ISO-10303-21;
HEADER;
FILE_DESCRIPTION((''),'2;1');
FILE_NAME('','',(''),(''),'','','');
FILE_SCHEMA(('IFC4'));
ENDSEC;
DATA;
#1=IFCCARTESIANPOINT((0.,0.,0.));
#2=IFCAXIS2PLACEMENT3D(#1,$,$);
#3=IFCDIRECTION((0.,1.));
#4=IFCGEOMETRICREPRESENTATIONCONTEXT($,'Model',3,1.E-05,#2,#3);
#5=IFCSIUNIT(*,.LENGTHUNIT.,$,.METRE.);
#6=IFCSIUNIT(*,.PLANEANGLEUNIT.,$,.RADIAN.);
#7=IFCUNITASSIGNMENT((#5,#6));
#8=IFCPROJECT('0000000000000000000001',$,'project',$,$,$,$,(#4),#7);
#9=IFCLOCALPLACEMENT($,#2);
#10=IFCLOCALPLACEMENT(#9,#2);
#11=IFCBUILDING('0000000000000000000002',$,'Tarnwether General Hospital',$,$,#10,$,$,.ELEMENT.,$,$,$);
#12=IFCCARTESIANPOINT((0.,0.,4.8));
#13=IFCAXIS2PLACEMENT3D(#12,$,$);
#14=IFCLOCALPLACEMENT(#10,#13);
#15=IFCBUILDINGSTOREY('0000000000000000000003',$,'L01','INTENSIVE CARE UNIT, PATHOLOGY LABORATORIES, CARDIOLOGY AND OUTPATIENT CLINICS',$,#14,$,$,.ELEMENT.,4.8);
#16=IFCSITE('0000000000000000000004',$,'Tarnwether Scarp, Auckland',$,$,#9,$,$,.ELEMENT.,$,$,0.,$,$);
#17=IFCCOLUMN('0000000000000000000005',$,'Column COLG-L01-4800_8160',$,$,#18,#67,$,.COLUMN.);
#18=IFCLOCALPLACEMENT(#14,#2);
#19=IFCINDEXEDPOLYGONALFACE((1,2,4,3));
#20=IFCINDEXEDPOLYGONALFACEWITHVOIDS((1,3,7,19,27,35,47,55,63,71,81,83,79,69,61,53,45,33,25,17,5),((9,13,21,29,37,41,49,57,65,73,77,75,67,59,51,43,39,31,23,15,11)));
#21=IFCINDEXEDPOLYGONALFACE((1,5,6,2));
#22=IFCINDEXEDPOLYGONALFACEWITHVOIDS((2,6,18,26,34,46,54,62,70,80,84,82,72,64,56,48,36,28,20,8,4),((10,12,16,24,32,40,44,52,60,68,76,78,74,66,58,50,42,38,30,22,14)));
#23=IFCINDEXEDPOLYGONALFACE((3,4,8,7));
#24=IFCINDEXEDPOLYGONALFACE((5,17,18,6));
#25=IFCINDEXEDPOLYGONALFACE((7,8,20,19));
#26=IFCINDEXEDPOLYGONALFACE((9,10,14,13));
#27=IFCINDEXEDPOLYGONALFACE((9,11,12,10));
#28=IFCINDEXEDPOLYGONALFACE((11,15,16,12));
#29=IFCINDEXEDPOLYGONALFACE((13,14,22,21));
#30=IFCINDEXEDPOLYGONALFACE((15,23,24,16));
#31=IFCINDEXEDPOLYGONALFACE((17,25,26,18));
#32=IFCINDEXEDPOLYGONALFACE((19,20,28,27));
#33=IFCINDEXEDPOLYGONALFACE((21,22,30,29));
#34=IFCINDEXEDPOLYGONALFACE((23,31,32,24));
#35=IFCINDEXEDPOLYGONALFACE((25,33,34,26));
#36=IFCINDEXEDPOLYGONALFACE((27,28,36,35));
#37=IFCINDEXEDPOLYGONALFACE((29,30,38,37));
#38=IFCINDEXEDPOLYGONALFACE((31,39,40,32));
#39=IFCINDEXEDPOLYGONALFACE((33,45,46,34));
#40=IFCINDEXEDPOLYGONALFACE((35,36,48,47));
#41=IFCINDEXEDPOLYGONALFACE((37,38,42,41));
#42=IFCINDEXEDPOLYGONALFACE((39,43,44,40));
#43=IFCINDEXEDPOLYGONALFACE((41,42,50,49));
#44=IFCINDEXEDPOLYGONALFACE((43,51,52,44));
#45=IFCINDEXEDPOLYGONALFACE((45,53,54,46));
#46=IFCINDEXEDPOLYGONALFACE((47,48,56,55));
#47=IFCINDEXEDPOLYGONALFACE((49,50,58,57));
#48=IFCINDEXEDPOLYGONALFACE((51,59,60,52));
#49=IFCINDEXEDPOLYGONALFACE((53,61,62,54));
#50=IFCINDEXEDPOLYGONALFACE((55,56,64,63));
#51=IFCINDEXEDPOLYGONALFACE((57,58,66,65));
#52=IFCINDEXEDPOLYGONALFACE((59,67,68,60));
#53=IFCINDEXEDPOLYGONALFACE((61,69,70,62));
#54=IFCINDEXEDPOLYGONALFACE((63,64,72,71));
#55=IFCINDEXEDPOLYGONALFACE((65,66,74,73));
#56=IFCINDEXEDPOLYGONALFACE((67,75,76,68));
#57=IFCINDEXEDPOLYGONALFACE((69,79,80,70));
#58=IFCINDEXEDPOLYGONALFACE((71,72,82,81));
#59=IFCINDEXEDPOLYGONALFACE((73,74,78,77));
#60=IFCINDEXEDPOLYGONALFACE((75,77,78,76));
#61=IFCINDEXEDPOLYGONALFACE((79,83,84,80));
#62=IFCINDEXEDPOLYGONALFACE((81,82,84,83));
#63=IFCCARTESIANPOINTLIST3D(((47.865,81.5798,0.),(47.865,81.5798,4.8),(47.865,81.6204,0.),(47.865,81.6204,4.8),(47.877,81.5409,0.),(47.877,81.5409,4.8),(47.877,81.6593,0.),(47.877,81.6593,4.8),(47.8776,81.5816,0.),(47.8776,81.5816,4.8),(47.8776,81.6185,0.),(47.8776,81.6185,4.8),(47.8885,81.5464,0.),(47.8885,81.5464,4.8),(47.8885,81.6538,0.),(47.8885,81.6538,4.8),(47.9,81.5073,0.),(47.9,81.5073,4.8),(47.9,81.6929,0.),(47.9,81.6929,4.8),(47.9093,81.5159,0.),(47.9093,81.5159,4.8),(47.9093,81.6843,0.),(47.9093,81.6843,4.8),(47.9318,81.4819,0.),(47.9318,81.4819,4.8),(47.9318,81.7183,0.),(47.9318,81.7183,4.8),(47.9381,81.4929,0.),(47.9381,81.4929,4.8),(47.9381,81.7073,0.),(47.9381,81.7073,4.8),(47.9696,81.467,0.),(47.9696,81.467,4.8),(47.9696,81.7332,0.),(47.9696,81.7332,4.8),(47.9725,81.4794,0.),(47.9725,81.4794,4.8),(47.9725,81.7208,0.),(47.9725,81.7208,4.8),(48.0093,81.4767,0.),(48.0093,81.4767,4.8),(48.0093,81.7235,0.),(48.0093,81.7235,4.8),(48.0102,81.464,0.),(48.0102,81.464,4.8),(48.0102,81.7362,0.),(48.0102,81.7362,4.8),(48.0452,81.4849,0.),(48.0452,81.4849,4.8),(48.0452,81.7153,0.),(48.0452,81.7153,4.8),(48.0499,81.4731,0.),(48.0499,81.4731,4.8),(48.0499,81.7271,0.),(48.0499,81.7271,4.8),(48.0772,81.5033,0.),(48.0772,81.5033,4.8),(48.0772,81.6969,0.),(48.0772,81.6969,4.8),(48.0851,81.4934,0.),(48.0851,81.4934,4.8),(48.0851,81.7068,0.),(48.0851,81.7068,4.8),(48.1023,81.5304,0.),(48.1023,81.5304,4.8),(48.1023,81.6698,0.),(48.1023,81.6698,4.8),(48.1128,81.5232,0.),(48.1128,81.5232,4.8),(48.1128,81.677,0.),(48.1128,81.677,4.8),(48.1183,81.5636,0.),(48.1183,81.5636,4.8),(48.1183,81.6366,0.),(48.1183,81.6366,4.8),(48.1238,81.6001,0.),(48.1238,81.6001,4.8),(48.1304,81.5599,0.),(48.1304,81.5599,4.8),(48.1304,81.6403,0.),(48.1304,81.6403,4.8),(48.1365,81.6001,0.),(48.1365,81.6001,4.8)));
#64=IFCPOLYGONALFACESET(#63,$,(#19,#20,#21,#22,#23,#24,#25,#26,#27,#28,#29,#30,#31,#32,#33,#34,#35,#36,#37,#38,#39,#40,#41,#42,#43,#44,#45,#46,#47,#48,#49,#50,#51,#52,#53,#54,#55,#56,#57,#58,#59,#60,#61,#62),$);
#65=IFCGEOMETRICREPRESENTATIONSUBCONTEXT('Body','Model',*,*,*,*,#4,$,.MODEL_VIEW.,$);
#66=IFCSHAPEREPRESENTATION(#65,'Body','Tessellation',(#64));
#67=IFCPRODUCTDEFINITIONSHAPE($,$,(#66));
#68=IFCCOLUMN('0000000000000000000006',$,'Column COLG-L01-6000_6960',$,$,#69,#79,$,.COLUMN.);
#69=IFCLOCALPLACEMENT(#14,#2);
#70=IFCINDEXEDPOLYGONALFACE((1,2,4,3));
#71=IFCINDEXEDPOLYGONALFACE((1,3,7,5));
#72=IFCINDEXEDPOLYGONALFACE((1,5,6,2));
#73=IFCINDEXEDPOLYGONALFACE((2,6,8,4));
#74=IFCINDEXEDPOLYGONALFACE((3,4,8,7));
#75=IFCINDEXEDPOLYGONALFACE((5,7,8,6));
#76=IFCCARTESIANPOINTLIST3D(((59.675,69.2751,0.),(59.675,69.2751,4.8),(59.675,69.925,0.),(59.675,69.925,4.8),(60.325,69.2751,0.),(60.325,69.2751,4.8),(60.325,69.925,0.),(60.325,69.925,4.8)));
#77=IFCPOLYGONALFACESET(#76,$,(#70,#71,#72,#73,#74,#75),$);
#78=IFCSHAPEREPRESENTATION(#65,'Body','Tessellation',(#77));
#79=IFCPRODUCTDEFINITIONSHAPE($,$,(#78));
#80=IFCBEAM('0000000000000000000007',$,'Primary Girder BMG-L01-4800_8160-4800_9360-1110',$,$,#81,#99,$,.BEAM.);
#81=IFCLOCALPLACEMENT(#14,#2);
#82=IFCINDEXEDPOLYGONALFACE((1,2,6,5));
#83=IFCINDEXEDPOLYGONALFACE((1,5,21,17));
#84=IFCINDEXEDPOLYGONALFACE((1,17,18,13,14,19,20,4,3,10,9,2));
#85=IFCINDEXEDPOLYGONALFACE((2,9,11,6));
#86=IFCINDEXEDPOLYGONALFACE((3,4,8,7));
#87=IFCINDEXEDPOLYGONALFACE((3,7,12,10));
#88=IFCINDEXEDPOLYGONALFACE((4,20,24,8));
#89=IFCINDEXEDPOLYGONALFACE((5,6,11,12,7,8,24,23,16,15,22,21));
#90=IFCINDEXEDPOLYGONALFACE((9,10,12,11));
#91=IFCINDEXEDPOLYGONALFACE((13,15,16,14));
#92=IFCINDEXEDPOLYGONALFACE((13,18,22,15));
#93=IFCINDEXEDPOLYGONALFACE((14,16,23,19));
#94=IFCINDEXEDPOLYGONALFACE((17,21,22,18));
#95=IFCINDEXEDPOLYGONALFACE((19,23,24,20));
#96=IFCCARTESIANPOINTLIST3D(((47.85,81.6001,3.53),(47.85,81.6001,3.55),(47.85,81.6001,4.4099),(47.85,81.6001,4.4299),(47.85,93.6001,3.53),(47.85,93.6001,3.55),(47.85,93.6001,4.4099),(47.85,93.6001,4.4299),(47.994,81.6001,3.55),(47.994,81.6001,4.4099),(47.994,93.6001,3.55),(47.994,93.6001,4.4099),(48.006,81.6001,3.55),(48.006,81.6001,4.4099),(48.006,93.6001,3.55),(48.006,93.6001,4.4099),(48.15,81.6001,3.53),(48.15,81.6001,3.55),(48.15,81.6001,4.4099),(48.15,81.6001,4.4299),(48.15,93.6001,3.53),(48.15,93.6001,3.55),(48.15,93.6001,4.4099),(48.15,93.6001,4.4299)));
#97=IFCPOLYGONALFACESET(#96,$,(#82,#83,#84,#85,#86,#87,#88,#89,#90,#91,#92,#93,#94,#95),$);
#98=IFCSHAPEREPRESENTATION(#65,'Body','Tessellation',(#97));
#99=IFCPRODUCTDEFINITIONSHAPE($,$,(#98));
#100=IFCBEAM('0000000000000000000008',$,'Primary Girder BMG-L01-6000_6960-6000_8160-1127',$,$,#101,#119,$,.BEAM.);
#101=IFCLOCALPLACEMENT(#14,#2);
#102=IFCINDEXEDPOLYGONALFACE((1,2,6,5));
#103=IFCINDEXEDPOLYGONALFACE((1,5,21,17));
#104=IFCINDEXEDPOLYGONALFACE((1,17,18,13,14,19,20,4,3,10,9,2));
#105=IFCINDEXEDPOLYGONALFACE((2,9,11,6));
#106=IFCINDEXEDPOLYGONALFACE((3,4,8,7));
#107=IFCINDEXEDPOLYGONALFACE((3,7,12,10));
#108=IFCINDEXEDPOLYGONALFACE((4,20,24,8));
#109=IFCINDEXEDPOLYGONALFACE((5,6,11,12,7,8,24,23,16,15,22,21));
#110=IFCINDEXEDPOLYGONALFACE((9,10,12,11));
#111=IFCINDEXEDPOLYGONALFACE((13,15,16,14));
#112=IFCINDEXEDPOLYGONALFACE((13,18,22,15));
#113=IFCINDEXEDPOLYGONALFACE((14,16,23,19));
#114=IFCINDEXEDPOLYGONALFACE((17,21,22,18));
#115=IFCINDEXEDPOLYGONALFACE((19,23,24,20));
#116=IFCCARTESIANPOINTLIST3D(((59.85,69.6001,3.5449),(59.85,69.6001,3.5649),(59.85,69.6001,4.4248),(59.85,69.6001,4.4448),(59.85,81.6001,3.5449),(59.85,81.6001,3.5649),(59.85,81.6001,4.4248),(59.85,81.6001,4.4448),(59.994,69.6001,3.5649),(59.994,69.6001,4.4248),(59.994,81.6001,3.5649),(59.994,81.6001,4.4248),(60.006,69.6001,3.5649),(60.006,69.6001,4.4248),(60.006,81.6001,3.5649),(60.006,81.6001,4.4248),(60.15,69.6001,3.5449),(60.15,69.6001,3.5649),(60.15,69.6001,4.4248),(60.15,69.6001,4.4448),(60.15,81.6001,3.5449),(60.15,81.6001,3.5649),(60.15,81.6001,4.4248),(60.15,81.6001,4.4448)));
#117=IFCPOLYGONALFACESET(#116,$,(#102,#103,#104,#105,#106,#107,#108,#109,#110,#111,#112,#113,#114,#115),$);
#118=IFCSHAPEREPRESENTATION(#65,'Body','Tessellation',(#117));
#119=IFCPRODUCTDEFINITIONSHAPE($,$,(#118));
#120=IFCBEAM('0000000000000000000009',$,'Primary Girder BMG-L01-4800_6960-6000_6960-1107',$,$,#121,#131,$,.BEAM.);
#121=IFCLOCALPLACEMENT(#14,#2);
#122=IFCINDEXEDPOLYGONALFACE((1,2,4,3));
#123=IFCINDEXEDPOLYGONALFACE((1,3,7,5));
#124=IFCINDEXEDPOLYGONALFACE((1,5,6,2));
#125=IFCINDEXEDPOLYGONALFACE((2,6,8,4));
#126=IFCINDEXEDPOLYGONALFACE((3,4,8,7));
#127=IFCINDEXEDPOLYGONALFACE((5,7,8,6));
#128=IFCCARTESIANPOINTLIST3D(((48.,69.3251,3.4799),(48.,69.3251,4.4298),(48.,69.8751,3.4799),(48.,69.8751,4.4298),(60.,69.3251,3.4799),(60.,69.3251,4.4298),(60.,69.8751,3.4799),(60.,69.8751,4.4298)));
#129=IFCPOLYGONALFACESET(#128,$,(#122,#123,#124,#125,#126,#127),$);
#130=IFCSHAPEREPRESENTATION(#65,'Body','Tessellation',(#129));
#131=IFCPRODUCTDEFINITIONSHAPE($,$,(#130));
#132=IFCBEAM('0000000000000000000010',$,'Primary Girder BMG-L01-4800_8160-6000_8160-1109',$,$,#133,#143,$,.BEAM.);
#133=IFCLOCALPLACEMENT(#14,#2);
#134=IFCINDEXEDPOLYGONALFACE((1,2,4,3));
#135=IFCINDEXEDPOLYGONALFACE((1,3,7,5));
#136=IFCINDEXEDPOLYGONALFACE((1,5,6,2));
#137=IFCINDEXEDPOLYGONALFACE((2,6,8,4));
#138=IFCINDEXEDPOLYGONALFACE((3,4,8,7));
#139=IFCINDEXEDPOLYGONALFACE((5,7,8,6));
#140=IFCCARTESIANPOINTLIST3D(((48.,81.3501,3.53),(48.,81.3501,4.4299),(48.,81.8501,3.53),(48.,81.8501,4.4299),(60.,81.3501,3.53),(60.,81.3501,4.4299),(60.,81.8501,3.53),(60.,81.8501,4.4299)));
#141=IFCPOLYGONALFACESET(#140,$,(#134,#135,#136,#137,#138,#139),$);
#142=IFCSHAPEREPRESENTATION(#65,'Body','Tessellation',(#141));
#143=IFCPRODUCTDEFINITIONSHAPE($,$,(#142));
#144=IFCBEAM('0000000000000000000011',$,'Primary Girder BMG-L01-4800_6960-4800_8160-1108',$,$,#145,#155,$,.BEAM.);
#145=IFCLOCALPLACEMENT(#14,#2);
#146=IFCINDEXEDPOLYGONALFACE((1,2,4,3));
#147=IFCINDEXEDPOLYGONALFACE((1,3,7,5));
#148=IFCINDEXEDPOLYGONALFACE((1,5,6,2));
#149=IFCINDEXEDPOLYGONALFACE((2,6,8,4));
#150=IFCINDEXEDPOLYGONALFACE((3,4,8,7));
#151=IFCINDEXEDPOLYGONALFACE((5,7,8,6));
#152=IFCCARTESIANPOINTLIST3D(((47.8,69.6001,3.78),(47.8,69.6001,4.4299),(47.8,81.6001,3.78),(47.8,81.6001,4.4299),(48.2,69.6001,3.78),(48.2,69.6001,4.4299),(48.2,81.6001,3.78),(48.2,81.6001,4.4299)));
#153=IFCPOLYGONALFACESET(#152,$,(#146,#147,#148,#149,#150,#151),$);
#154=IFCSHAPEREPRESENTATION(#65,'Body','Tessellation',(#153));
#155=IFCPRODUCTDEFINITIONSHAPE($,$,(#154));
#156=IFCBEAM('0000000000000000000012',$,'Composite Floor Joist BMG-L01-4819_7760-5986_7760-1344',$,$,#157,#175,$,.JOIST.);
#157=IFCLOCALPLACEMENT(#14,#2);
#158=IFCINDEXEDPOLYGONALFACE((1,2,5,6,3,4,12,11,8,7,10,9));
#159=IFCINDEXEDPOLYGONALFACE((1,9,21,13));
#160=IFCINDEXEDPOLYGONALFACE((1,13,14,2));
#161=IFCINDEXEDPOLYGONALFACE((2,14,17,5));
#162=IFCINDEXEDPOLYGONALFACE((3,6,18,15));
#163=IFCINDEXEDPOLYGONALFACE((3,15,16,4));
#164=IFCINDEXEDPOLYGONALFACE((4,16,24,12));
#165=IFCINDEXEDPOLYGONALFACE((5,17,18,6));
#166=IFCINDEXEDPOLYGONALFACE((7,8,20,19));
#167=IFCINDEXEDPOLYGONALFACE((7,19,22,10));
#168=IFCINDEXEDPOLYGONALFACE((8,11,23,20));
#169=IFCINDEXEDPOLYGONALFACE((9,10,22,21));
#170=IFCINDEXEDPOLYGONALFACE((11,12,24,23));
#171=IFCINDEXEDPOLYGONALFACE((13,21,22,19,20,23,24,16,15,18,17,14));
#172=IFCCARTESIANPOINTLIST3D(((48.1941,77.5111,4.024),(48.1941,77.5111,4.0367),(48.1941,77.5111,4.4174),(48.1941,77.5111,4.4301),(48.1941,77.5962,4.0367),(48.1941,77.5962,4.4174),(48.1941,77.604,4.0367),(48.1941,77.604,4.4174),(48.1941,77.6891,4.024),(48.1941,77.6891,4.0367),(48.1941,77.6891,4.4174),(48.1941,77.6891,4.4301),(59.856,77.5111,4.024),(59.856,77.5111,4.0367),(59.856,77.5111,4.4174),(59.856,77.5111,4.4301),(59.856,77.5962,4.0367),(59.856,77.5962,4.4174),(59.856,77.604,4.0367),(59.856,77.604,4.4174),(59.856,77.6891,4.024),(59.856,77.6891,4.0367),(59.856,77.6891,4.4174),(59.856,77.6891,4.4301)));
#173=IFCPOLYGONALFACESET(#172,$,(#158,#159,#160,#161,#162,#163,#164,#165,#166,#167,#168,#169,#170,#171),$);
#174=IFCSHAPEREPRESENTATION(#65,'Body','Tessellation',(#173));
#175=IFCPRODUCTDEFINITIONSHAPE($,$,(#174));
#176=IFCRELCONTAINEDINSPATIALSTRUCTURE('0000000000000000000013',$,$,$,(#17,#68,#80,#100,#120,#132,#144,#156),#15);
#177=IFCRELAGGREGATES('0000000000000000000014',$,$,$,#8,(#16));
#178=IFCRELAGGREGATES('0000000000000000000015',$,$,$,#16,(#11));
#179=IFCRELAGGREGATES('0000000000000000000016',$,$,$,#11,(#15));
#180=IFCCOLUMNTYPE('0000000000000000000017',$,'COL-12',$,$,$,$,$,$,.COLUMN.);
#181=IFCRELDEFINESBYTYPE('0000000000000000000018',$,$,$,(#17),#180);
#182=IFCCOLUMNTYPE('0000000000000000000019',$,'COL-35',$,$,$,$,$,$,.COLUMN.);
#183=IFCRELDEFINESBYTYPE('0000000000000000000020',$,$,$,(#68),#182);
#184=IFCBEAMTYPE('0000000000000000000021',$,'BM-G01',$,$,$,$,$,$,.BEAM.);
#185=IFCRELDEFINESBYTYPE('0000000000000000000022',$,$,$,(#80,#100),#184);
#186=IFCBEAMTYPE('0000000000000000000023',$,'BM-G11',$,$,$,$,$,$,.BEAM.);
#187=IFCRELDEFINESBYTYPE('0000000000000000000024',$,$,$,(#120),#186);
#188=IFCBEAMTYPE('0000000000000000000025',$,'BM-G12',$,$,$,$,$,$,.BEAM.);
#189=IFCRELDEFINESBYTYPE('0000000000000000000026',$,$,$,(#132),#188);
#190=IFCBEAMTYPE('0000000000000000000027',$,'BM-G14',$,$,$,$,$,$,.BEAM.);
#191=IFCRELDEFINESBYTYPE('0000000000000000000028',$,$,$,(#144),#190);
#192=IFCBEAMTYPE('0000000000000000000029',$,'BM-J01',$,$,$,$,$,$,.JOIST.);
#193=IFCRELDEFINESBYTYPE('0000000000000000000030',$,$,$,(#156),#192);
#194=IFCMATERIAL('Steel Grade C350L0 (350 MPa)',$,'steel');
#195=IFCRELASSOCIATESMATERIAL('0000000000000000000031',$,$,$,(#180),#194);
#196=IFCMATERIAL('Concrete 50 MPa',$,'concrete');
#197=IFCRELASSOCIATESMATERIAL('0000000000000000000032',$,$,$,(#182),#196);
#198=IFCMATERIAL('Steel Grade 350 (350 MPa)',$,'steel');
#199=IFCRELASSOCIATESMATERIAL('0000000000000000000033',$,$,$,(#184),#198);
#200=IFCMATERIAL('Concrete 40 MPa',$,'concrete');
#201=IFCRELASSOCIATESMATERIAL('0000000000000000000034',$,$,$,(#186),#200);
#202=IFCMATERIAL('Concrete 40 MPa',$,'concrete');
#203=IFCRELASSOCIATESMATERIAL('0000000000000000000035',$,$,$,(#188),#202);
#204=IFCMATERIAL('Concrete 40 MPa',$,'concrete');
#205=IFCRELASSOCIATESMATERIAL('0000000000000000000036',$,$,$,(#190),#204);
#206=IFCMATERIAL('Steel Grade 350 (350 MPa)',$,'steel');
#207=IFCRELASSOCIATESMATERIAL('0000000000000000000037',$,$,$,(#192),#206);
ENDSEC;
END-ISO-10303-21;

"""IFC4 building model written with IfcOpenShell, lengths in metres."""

from ifc_helpers import new_model, si_unit, direction, frame, origin, origin_2d, place, context, subcontext, project, spatial, rectangle, hollow_circle, i_section, extrude, material, material_profile, profile_set, type_object, element, save


model = new_model("IFC4")

# Units and contexts
model_context = context("Model", 3, precision=1e-05, world=origin(), true_north=direction((0.0, 1.0)))
body_context = subcontext(model_context, "Body", "Model", "MODEL_VIEW")
ifc_project = project(units=[si_unit("LENGTHUNIT", "METRE"), si_unit("PLANEANGLEUNIT", "RADIAN")], contexts=[model_context])

# Site, building, storey
site_placement = place(None, origin())
site = spatial("IfcSite", under=ifc_project, at=site_placement, Name="Tarnwether Scarp, Auckland", CompositionType="ELEMENT", RefElevation=0.0)
building_placement = place(site_placement, origin())
building = spatial("IfcBuilding", under=site, at=building_placement, Name="Tarnwether General Hospital", CompositionType="ELEMENT")
storey_placement = place(building_placement, frame((0.0, 0.0, 4.8)))
storey = spatial("IfcBuildingStorey", under=building, at=storey_placement, Name="L01", Description="INTENSIVE CARE UNIT, PATHOLOGY LABORATORIES, CARDIOLOGY AND OUTPATIENT CLINICS", CompositionType="ELEMENT", Elevation=4.8)

# Columns
ifc_material_1 = material(Name="Steel Grade C350L0 (350 MPa)", Category="steel")
ifc_material_profile_1 = material_profile(ifc_material_1, hollow_circle(Radius=0.1365, WallThickness=0.0127, at=origin_2d()), Name="CHS273.1x12.7")
ifc_profile_set_1 = profile_set([ifc_material_profile_1], Name="Steel Grade C350L0 (350 MPa)")
column_type_1 = type_object("IfcColumnType", Name="COL-12", PredefinedType="COLUMN", material=ifc_profile_set_1)
column_1_placement = place(storey_placement, frame((48.0, 81.6001, 0.0), z_axis=(0.0, 0.0, 1.0), x_axis=(1.0, 0.0, 0.0)))
element("IfcColumn", 1, at=column_1_placement, inside=storey, type_object=column_type_1, Name="Column COLG-L01-4800_8160", PredefinedType="COLUMN", context=body_context, shape_type="SweptSolid", body=[
    extrude(hollow_circle(Radius=0.1365, WallThickness=0.0127, at=origin_2d()), origin(), (0.0, 0.0, 1.0), 4.8),
])
ifc_material_2 = material(Name="Concrete 50 MPa", Category="concrete")
ifc_material_profile_2 = material_profile(ifc_material_2, rectangle(XDim=0.6499, YDim=0.6499, at=origin_2d()), Name="RC-COL-650x650")
ifc_profile_set_2 = profile_set([ifc_material_profile_2], Name="Concrete 50 MPa")
column_type_2 = type_object("IfcColumnType", Name="COL-35", PredefinedType="COLUMN", material=ifc_profile_set_2)
column_2_placement = place(storey_placement, frame((60.0, 69.6001, 0.0), z_axis=(0.0, 0.0, 1.0), x_axis=(0.0, 1.0, 0.0)))
element("IfcColumn", 2, at=column_2_placement, inside=storey, type_object=column_type_2, Name="Column COLG-L01-6000_6960", PredefinedType="COLUMN", context=body_context, shape_type="SweptSolid", body=[
    extrude(rectangle(XDim=0.6499, YDim=0.6499, at=origin_2d()), origin(), (0.0, 0.0, 1.0), 4.8),
])

# Beams
ifc_material_3 = material(Name="Steel Grade 350 (350 MPa)", Category="steel")
ifc_material_profile_3 = material_profile(ifc_material_3, i_section(OverallWidth=0.3, OverallDepth=0.8999, WebThickness=0.012, FlangeThickness=0.02, at=origin_2d()), Name="900WB175")
ifc_profile_set_3 = profile_set([ifc_material_profile_3], Name="Steel Grade 350 (350 MPa)")
beam_type_1 = type_object("IfcBeamType", Name="BM-G01", PredefinedType="BEAM", material=ifc_profile_set_3)
for number, where, z_axis, x_axis, name in (
    (3, (48.0, 81.6001, 3.98), (0.0, 1.0, 0.0), (-1.0, 0.0, 0.0), "Primary Girder BMG-L01-4800_8160-4800_9360-1110"),
    (4, (60.0, 69.6001, 3.9949), (0.0, 1.0, 0.0), (-1.0, 0.0, 0.0), "Primary Girder BMG-L01-6000_6960-6000_8160-1127"),
):
    element("IfcBeam", number, at=place(storey_placement, frame(where, z_axis=z_axis, x_axis=x_axis)), inside=storey, type_object=beam_type_1, Name=name, PredefinedType="BEAM", context=body_context, shape_type="SweptSolid", body=[
        extrude(i_section(OverallWidth=0.3, OverallDepth=0.8999, WebThickness=0.012, FlangeThickness=0.02, at=origin_2d()), origin(), (0.0, 0.0, 1.0), 12.0),
    ])
ifc_material_4 = material(Name="Concrete 40 MPa", Category="concrete")
ifc_material_profile_4 = material_profile(ifc_material_4, rectangle(XDim=0.55, YDim=0.95, at=origin_2d()), Name="RC-BM-550x950")
ifc_profile_set_4 = profile_set([ifc_material_profile_4], Name="Concrete 40 MPa")
beam_type_2 = type_object("IfcBeamType", Name="BM-G11", PredefinedType="BEAM", material=ifc_profile_set_4)
beam_1_placement = place(storey_placement, frame((48.0, 69.6001, 3.9548), z_axis=(1.0, 0.0, 0.0), x_axis=(0.0, 1.0, 0.0)))
element("IfcBeam", 5, at=beam_1_placement, inside=storey, type_object=beam_type_2, Name="Primary Girder BMG-L01-4800_6960-6000_6960-1107", PredefinedType="BEAM", context=body_context, shape_type="SweptSolid", body=[
    extrude(rectangle(XDim=0.55, YDim=0.95, at=origin_2d()), origin(), (0.0, 0.0, 1.0), 12.0),
])
ifc_material_5 = material(Name="Concrete 40 MPa", Category="concrete")
ifc_material_profile_5 = material_profile(ifc_material_5, rectangle(XDim=0.5, YDim=0.8999, at=origin_2d()), Name="RC-BM-500x900")
ifc_profile_set_5 = profile_set([ifc_material_profile_5], Name="Concrete 40 MPa")
beam_type_3 = type_object("IfcBeamType", Name="BM-G12", PredefinedType="BEAM", material=ifc_profile_set_5)
beam_2_placement = place(storey_placement, frame((48.0, 81.6001, 3.98), z_axis=(1.0, 0.0, 0.0), x_axis=(0.0, 1.0, 0.0)))
element("IfcBeam", 6, at=beam_2_placement, inside=storey, type_object=beam_type_3, Name="Primary Girder BMG-L01-4800_8160-6000_8160-1109", PredefinedType="BEAM", context=body_context, shape_type="SweptSolid", body=[
    extrude(rectangle(XDim=0.5, YDim=0.8999, at=origin_2d()), origin(), (0.0, 0.0, 1.0), 12.0),
])
ifc_material_6 = material(Name="Concrete 40 MPa", Category="concrete")
ifc_material_profile_6 = material_profile(ifc_material_6, rectangle(XDim=0.3999, YDim=0.6499, at=origin_2d()), Name="RC-BM-400x650")
ifc_profile_set_6 = profile_set([ifc_material_profile_6], Name="Concrete 40 MPa")
beam_type_4 = type_object("IfcBeamType", Name="BM-G14", PredefinedType="BEAM", material=ifc_profile_set_6)
beam_3_placement = place(storey_placement, frame((48.0, 69.6001, 4.105), z_axis=(0.0, 1.0, 0.0), x_axis=(-1.0, 0.0, 0.0)))
element("IfcBeam", 7, at=beam_3_placement, inside=storey, type_object=beam_type_4, Name="Primary Girder BMG-L01-4800_6960-4800_8160-1108", PredefinedType="BEAM", context=body_context, shape_type="SweptSolid", body=[
    extrude(rectangle(XDim=0.3999, YDim=0.6499, at=origin_2d()), origin(), (0.0, 0.0, 1.0), 12.0),
])
ifc_material_7 = material(Name="Steel Grade 350 (350 MPa)", Category="steel")
ifc_material_profile_7 = material_profile(ifc_material_7, i_section(OverallWidth=0.178, OverallDepth=0.406, WebThickness=0.0078, FlangeThickness=0.0127, at=origin_2d()), Name="410UB59.7")
ifc_profile_set_7 = profile_set([ifc_material_profile_7], Name="Steel Grade 350 (350 MPa)")
beam_type_5 = type_object("IfcBeamType", Name="BM-J01", PredefinedType="JOIST", material=ifc_profile_set_7)
beam_4_placement = place(storey_placement, frame((48.1941, 77.6001, 4.2271), z_axis=(1.0, 0.0, 0.0), x_axis=(0.0, 1.0, 0.0)))
element("IfcBeam", 8, at=beam_4_placement, inside=storey, type_object=beam_type_5, Name="Composite Floor Joist BMG-L01-4819_7760-5986_7760-1344", PredefinedType="JOIST", context=body_context, shape_type="SweptSolid", body=[
    extrude(i_section(OverallWidth=0.178, OverallDepth=0.406, WebThickness=0.0078, FlangeThickness=0.0127, at=origin_2d()), origin(), (0.0, 0.0, 1.0), 11.6619),
])

save(model, "model.ifc")
